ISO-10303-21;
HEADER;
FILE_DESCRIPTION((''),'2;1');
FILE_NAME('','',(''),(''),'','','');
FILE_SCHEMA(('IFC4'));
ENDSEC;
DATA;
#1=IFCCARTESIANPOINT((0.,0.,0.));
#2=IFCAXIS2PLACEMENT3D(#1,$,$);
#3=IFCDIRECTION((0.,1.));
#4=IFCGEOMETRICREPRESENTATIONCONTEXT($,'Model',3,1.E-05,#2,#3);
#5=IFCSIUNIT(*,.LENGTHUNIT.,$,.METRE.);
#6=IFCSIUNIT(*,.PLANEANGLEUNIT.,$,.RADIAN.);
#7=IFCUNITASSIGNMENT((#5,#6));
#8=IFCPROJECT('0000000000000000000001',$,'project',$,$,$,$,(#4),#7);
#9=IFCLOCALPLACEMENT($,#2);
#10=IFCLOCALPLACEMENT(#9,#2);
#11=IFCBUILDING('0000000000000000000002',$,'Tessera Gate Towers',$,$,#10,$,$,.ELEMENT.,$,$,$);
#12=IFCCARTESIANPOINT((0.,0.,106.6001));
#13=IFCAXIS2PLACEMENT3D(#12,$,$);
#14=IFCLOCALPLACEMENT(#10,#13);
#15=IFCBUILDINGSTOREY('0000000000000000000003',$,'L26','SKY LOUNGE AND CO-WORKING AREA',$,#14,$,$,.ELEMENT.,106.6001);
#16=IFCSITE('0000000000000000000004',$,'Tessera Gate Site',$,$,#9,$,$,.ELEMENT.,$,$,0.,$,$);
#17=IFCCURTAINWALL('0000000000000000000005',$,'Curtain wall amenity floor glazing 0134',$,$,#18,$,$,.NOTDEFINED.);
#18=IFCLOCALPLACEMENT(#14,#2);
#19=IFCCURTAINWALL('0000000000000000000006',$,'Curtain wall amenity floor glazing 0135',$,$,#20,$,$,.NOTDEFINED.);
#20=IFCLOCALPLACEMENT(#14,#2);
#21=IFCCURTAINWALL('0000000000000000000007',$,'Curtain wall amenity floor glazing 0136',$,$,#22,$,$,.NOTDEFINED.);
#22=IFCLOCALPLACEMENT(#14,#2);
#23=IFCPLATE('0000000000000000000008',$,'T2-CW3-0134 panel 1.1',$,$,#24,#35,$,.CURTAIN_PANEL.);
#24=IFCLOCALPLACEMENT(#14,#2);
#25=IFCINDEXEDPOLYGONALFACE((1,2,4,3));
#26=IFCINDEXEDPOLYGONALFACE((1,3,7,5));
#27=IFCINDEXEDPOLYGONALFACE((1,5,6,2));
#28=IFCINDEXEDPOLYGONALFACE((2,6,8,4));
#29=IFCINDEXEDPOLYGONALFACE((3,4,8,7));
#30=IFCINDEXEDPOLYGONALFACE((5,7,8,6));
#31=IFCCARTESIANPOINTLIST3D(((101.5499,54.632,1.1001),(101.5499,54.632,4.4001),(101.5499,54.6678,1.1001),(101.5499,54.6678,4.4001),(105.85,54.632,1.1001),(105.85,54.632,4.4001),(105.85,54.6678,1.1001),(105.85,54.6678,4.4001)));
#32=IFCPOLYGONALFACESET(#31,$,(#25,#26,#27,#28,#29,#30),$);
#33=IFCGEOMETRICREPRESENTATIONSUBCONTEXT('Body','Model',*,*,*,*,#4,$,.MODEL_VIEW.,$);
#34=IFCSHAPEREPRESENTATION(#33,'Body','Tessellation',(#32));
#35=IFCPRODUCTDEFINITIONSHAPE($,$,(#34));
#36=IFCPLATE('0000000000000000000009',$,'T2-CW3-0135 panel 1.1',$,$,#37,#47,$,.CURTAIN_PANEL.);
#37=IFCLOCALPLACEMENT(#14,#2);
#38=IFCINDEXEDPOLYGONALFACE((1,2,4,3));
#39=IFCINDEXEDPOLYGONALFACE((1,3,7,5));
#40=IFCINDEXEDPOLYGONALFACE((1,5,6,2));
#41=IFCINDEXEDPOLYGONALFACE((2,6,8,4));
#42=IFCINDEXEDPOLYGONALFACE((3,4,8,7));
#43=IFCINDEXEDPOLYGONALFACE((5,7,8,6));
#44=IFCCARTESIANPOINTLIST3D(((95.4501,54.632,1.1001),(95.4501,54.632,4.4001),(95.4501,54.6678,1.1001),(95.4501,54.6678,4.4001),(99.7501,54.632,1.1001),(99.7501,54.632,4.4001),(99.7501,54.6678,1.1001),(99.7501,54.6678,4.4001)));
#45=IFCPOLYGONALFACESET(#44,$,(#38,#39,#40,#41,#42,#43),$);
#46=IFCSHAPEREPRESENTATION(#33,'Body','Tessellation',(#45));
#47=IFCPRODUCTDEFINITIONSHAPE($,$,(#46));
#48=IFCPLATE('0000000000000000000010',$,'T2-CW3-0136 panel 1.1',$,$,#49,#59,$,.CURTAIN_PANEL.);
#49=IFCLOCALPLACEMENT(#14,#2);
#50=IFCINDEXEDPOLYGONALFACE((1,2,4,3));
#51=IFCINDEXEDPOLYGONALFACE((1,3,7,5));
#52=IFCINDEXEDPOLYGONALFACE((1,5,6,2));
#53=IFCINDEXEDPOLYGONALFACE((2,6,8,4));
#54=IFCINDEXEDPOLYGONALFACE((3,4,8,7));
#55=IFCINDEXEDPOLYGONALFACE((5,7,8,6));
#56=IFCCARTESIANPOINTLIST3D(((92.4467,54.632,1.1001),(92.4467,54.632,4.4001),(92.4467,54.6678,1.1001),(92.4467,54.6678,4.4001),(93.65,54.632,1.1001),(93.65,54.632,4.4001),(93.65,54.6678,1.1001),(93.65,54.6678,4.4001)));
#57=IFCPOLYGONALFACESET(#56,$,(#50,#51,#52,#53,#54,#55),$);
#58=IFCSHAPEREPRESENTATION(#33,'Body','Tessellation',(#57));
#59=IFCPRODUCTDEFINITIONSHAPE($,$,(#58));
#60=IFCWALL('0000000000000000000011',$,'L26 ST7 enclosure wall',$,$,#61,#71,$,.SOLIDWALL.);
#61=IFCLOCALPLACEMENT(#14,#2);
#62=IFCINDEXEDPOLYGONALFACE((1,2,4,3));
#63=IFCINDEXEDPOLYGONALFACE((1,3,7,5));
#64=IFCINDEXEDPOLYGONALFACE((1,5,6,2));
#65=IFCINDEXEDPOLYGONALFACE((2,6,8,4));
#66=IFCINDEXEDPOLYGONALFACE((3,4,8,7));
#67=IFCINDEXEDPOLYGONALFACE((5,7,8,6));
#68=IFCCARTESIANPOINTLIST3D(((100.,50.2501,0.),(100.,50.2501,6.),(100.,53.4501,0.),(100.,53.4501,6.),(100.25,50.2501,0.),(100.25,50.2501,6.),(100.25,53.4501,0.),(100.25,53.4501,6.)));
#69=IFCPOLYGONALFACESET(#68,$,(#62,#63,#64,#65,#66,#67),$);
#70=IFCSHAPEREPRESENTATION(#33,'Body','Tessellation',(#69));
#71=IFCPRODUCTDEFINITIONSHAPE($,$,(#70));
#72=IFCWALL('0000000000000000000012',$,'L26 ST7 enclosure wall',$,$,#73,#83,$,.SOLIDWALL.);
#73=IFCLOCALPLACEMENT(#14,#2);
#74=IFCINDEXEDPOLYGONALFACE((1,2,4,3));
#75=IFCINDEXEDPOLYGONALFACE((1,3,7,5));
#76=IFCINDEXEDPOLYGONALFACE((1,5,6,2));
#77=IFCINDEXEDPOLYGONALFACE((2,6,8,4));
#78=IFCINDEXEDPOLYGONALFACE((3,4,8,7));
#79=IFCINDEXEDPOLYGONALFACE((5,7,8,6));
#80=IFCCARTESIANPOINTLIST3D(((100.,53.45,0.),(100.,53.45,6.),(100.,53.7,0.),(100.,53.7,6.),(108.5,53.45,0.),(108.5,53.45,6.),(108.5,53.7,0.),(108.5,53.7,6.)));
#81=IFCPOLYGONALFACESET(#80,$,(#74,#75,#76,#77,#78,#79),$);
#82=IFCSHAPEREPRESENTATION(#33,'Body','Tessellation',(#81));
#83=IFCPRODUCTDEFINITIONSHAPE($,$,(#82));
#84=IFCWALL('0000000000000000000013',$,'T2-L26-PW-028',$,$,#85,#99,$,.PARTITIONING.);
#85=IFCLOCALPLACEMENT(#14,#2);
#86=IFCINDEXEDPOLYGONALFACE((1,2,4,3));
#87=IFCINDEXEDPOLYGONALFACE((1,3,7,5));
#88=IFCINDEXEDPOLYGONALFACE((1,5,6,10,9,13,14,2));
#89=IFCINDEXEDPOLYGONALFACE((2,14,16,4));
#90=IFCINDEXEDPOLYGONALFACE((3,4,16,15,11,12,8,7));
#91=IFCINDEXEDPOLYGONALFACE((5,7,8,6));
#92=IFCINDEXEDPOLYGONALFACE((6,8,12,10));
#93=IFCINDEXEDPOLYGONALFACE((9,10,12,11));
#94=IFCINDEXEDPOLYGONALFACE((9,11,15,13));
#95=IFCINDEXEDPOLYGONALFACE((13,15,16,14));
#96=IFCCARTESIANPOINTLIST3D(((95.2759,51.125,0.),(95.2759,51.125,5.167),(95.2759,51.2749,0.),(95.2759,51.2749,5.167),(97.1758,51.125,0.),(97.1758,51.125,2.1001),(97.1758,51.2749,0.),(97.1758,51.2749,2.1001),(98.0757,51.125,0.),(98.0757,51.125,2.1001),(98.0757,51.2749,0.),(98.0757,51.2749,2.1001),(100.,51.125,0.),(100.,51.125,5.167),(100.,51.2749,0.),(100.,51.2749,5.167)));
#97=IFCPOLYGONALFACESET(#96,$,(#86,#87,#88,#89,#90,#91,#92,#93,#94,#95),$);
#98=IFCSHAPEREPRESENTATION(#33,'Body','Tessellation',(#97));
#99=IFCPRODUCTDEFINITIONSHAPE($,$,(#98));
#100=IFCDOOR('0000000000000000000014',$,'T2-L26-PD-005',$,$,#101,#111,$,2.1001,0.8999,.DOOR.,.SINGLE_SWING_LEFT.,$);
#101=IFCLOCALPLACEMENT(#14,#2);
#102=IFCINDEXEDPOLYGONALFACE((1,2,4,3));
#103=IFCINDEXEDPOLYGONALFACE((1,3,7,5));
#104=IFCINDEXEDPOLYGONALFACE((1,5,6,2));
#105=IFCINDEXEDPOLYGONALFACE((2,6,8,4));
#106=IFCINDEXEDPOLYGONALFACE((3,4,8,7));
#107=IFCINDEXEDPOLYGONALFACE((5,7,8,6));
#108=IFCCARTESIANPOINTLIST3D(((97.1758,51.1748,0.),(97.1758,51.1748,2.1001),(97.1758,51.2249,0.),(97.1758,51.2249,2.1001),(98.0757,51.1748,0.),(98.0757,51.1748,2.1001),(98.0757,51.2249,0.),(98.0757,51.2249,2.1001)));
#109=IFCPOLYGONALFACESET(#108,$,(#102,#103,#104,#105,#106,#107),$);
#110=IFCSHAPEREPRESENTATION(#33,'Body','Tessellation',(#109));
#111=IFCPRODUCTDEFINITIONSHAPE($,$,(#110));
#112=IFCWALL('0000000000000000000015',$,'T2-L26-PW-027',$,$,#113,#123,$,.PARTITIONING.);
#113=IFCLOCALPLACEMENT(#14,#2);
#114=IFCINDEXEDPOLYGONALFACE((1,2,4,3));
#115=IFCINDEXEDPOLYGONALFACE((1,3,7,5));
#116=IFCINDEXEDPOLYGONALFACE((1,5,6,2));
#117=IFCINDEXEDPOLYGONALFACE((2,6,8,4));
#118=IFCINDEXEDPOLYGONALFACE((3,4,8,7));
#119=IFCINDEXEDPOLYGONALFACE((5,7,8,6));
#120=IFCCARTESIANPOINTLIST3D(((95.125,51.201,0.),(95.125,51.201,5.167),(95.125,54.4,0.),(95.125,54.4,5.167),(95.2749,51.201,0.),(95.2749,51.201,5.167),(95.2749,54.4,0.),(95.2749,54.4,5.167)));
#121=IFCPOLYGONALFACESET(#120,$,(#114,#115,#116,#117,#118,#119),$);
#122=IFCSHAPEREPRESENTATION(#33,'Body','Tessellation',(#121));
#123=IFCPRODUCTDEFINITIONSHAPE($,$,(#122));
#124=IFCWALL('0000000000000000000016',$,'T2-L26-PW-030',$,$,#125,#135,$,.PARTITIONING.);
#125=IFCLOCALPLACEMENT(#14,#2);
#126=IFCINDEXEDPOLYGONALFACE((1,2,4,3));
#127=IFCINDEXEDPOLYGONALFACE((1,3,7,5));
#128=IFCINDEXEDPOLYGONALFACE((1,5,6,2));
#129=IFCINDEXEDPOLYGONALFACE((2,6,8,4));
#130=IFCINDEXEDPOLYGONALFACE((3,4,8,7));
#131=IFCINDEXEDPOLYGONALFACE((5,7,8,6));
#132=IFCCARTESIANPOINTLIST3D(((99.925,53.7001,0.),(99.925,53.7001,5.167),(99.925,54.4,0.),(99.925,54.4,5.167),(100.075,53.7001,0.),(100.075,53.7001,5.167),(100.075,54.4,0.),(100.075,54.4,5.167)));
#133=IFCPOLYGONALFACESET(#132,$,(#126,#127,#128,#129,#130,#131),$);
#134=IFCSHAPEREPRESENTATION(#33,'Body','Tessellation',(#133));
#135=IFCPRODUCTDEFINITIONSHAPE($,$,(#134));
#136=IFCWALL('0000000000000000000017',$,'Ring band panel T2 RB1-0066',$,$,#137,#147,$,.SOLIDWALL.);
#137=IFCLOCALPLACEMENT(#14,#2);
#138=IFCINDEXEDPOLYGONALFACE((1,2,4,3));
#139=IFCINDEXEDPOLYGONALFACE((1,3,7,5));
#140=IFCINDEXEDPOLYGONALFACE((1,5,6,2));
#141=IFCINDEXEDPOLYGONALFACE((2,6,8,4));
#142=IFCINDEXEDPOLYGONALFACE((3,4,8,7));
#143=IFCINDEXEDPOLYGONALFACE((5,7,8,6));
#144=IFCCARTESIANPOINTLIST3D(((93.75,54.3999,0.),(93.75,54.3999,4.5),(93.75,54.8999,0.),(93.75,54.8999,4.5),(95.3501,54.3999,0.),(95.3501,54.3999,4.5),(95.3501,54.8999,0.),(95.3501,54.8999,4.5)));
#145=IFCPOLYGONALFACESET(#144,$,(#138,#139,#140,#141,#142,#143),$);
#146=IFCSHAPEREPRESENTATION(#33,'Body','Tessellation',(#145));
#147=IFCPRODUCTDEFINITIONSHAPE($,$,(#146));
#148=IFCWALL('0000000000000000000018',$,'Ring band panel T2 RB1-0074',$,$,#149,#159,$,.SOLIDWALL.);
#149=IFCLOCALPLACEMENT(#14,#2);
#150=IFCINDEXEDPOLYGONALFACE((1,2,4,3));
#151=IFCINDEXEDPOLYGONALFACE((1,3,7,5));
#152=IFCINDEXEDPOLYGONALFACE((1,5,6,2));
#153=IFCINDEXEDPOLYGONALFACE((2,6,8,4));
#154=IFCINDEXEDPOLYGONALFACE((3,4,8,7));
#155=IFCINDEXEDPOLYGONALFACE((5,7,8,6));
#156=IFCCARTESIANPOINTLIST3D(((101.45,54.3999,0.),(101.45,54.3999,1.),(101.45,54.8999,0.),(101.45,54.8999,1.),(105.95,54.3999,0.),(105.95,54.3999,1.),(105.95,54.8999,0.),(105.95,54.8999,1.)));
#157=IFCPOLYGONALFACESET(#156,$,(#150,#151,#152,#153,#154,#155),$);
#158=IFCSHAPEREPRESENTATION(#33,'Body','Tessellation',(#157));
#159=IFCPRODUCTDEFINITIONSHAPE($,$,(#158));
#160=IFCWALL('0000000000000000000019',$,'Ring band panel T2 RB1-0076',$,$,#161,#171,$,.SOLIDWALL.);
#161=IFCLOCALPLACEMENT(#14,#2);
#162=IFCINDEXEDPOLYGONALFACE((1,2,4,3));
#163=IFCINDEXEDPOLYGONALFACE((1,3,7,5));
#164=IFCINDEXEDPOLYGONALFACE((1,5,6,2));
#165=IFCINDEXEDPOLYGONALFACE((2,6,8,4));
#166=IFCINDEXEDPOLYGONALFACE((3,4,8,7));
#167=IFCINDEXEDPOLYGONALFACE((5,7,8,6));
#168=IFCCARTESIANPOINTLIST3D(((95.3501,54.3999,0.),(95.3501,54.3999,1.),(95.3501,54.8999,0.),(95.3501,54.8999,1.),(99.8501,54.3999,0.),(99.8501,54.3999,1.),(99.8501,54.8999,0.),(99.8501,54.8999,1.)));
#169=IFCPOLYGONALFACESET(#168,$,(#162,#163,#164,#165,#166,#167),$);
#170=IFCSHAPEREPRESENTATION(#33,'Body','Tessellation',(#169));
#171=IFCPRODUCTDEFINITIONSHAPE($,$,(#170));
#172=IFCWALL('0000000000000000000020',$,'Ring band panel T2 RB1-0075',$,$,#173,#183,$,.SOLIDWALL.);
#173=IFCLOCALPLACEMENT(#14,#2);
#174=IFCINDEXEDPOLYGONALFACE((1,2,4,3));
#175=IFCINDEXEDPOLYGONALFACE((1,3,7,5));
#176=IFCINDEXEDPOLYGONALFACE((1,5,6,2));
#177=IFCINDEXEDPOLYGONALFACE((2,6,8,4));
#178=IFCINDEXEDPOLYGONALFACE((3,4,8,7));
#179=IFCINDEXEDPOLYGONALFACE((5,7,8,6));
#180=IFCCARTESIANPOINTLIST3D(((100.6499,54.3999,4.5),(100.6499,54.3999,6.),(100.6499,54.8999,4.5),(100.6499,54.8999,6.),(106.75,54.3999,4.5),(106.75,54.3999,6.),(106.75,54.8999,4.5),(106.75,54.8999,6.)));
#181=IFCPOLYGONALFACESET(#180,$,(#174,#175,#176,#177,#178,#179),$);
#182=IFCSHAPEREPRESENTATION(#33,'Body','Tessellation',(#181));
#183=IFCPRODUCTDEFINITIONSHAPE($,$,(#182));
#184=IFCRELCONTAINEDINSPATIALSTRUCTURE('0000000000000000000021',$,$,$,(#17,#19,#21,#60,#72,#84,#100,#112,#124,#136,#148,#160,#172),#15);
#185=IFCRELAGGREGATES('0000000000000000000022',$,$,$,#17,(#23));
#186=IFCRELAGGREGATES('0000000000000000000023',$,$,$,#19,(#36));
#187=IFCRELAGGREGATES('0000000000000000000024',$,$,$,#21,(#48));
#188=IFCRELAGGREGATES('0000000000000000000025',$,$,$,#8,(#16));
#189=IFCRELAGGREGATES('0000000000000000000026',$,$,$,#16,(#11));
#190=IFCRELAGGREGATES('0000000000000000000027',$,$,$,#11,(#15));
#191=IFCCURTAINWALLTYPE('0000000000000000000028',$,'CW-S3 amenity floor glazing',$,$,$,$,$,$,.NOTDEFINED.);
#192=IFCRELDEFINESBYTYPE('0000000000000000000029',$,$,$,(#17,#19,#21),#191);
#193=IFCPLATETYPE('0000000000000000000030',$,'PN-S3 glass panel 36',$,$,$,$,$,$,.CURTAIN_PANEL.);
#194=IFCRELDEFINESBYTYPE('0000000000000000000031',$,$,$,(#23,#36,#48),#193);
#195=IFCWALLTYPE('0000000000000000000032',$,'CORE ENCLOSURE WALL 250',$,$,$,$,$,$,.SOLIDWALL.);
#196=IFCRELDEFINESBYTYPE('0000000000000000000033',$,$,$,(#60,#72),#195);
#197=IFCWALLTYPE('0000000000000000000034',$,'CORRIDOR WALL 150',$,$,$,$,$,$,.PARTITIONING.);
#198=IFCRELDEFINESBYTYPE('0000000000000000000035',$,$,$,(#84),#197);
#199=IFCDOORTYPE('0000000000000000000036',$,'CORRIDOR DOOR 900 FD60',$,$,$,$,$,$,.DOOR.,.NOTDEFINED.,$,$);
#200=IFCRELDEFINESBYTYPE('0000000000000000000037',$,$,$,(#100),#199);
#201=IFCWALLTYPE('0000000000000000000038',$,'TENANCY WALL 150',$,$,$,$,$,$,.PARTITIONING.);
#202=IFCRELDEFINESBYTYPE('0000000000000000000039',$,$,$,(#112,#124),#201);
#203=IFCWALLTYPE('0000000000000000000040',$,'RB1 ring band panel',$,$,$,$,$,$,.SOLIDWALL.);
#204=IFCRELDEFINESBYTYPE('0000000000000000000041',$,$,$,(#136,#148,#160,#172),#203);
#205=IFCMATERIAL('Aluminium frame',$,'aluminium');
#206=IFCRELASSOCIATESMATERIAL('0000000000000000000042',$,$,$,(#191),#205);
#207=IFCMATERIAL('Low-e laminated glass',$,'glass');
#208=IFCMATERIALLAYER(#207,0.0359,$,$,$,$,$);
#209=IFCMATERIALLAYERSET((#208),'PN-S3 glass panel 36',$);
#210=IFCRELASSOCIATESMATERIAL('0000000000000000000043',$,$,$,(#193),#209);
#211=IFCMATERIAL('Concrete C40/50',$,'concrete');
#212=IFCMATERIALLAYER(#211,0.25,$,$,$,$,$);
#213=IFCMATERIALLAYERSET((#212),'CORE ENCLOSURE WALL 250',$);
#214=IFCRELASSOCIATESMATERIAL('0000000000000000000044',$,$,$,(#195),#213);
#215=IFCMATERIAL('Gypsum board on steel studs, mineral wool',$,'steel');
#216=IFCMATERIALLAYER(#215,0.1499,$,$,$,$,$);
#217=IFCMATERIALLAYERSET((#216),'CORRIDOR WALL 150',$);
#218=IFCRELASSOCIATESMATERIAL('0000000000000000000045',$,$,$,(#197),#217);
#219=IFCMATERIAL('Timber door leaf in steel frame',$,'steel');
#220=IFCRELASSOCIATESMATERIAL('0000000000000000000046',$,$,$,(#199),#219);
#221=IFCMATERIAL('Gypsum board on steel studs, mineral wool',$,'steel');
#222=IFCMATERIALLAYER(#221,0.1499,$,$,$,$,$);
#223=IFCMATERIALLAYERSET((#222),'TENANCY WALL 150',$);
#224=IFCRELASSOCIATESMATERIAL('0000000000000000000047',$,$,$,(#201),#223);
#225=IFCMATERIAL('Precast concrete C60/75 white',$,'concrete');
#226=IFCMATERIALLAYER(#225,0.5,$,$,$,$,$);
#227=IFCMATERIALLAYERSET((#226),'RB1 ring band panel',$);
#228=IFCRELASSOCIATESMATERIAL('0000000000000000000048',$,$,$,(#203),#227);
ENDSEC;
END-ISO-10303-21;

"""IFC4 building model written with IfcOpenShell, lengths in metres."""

from ifc_helpers import new_model, si_unit, direction, frame, frame_2d, origin, origin_2d, place, context, subcontext, project, spatial, polyline, rectangle, outline, extrude, source, transform, mapped, material, layer, layer_set, type_object, element, fill, aggregate, save


model = new_model("IFC4")

# Units and contexts
model_context = context("Model", 3, precision=1e-05, world=origin(), true_north=direction((0.0, 1.0)))
body_context = subcontext(model_context, "Body", "Model", "MODEL_VIEW")
ifc_project = project(units=[si_unit("LENGTHUNIT", "METRE"), si_unit("PLANEANGLEUNIT", "RADIAN")], contexts=[model_context])

# Site, building, storey
site_placement = place(None, origin())
site = spatial("IfcSite", under=ifc_project, at=site_placement, Name="Tessera Gate Site", CompositionType="ELEMENT", RefElevation=0.0)
building_placement = place(site_placement, origin())
building = spatial("IfcBuilding", under=site, at=building_placement, Name="Tessera Gate Towers", CompositionType="ELEMENT")
storey_placement = place(building_placement, frame((0.0, 0.0, 106.6001)))
storey = spatial("IfcBuildingStorey", under=building, at=storey_placement, Name="L26", Description="SKY LOUNGE AND CO-WORKING AREA", CompositionType="ELEMENT", Elevation=106.6001)

# Curtain walls
ifc_material_1 = material(Name="Aluminium frame", Category="aluminium")
curtain_wall_type = type_object("IfcCurtainWallType", Name="CW-S3 amenity floor glazing", PredefinedType="NOTDEFINED", material=ifc_material_1)
curtain_wall_1_placement = place(storey_placement, origin())
curtain_wall_1 = element("IfcCurtainWall", 1, at=curtain_wall_1_placement, inside=storey, type_object=curtain_wall_type, Name="Curtain wall amenity floor glazing 0134", PredefinedType="NOTDEFINED")
curtain_wall_2_placement = place(storey_placement, origin())
curtain_wall_2 = element("IfcCurtainWall", 2, at=curtain_wall_2_placement, inside=storey, type_object=curtain_wall_type, Name="Curtain wall amenity floor glazing 0135", PredefinedType="NOTDEFINED")

# Curtain wall
curtain_wall_3_placement = place(storey_placement, origin())
curtain_wall_3 = element("IfcCurtainWall", 3, at=curtain_wall_3_placement, inside=storey, type_object=curtain_wall_type, Name="Curtain wall amenity floor glazing 0136", PredefinedType="NOTDEFINED")

# Plates
ifc_material_2 = material(Name="Low-e laminated glass", Category="glass")
ifc_layer_1 = layer(ifc_material_2, 0.0359)
ifc_layer_set_1 = layer_set([ifc_layer_1], Name="PN-S3 glass panel 36")
plate_type = type_object("IfcPlateType", Name="PN-S3 glass panel 36", PredefinedType="CURTAIN_PANEL", material=ifc_layer_set_1)
plate_1_placement = place(storey_placement, frame((103.7, 54.6499, 1.1001), z_axis=(0.0, 0.0, 1.0), x_axis=(-1.0, 0.0, 0.0)))
plate_1 = element("IfcPlate", 4, at=plate_1_placement, type_object=plate_type, Name="T2-CW3-0134 panel 1.1", PredefinedType="CURTAIN_PANEL", context=body_context, shape_type="SweptSolid", body=[
    extrude(rectangle(XDim=4.3, YDim=0.0359, at=origin_2d()), origin(), (0.0, 0.0, 1.0), 3.3),
])
aggregate(curtain_wall_1, [plate_1])
plate_2_placement = place(storey_placement, frame((97.6001, 54.6499, 1.1001), z_axis=(0.0, 0.0, 1.0), x_axis=(-1.0, 0.0, 0.0)))
plate_2 = element("IfcPlate", 5, at=plate_2_placement, type_object=plate_type, Name="T2-CW3-0135 panel 1.1", PredefinedType="CURTAIN_PANEL", context=body_context, shape_type="SweptSolid", body=[
    extrude(rectangle(XDim=4.3, YDim=0.0359, at=origin_2d()), origin(), (0.0, 0.0, 1.0), 3.3),
])
aggregate(curtain_wall_2, [plate_2])
plate_3_placement = place(storey_placement, frame((93.0483, 54.6499, 1.1001), z_axis=(0.0, 0.0, 1.0), x_axis=(-1.0, 0.0, 0.0)))
plate_3 = element("IfcPlate", 6, at=plate_3_placement, type_object=plate_type, Name="T2-CW3-0136 panel 1.1", PredefinedType="CURTAIN_PANEL", context=body_context, shape_type="SweptSolid", body=[
    extrude(rectangle(XDim=1.2034, YDim=0.0359, at=origin_2d()), origin(), (0.0, 0.0, 1.0), 3.3),
])
aggregate(curtain_wall_3, [plate_3])

# Walls
ifc_material_3 = material(Name="Concrete C40/50", Category="concrete")
ifc_layer_2 = layer(ifc_material_3, 0.25)
ifc_layer_set_2 = layer_set([ifc_layer_2], Name="CORE ENCLOSURE WALL 250")
wall_type_1 = type_object("IfcWallType", Name="CORE ENCLOSURE WALL 250", PredefinedType="SOLIDWALL", material=ifc_layer_set_2)
wall_1_placement = place(storey_placement, frame((100.125, 50.25, 0.0), z_axis=(0.0, 0.0, 1.0), x_axis=(0.0, 1.0, 0.0)))
element("IfcWall", 7, at=wall_1_placement, inside=storey, type_object=wall_type_1, Name="L26 ST7 enclosure wall", PredefinedType="SOLIDWALL", context=body_context, shape_type="SweptSolid", body=[
    extrude(rectangle(XDim=3.2, YDim=0.25, at=frame_2d((1.6001, 0.0))), origin(), (0.0, 0.0, 1.0), 6.0),
])
wall_2_placement = place(storey_placement, frame((100.0, 53.575, 0.0), z_axis=(0.0, 0.0, 1.0), x_axis=(1.0, 0.0, 0.0)))
element("IfcWall", 8, at=wall_2_placement, inside=storey, type_object=wall_type_1, Name="L26 ST7 enclosure wall", PredefinedType="SOLIDWALL", context=body_context, shape_type="SweptSolid", body=[
    extrude(rectangle(XDim=8.5, YDim=0.25, at=frame_2d((4.25, 0.0))), origin(), (0.0, 0.0, 1.0), 6.0),
])

# Wall, opening, door
ifc_material_4 = material(Name="Gypsum board on steel studs, mineral wool", Category="steel")
ifc_layer_3 = layer(ifc_material_4, 0.1499)
ifc_layer_set_3 = layer_set([ifc_layer_3], Name="CORRIDOR WALL 150")
wall_type_2 = type_object("IfcWallType", Name="CORRIDOR WALL 150", PredefinedType="PARTITIONING", material=ifc_layer_set_3)
wall_3_placement = place(storey_placement, frame((95.2759, 51.2, 0.0), z_axis=(0.0, 0.0, 1.0), x_axis=(1.0, 0.0, 0.0)))
wall_3 = element("IfcWall", 9, at=wall_3_placement, inside=storey, type_object=wall_type_2, Name="T2-L26-PW-028", PredefinedType="PARTITIONING", context=body_context, shape_type="SweptSolid", body=[
    extrude(rectangle(XDim=4.7241, YDim=0.1499, at=frame_2d((2.3621, 0.0))), origin(), (0.0, 0.0, 1.0), 5.167),
])
shared_shape_1 = source(origin(), body_context, "Body", "SweptSolid", [
    extrude(rectangle(XDim=0.8999, YDim=2.1001, at=frame_2d((0.45, 1.05))), frame((0.0, 0.085, 0.0), z_axis=(0.0, -1.0, 0.0), x_axis=(1.0, 0.0, 0.0)), (0.0, 0.0, 1.0), 0.1699),
])
opening_placement = place(wall_3_placement, frame((1.8999, 0.0, 0.0)))
opening = element("IfcOpeningElement", 10, at=opening_placement, cuts=wall_3, PredefinedType="OPENING", context=body_context, shape_type="MappedRepresentation", body=[
    mapped(shared_shape_1, transform((0.0, 0.0, 0.0), scale=1.0)),
])
ifc_material_5 = material(Name="Timber door leaf in steel frame", Category="steel")
door_type = type_object("IfcDoorType", Name="CORRIDOR DOOR 900 FD60", OperationType="NOTDEFINED", PredefinedType="DOOR", material=ifc_material_5)
shared_shape_2 = source(origin(), body_context, "Body", "SweptSolid", [
    extrude(rectangle(XDim=0.8999, YDim=2.1001, at=frame_2d((0.45, 1.05))), frame((0.0, 0.0249, 0.0), z_axis=(0.0, -1.0, 0.0), x_axis=(1.0, 0.0, 0.0)), (0.0, 0.0, 1.0), 0.05),
])
door_placement = place(opening_placement, origin())
door = element("IfcDoor", 11, at=door_placement, inside=storey, type_object=door_type, Name="T2-L26-PD-005", OperationType="SINGLE_SWING_LEFT", OverallHeight=2.1001, OverallWidth=0.8999, PredefinedType="DOOR", context=body_context, shape_type="MappedRepresentation", body=[
    mapped(shared_shape_2, transform((0.0, 0.0, 0.0), scale=1.0)),
])
fill(opening, door)

# Walls
ifc_material_6 = material(Name="Gypsum board on steel studs, mineral wool", Category="steel")
ifc_layer_4 = layer(ifc_material_6, 0.1499)
ifc_layer_set_4 = layer_set([ifc_layer_4], Name="TENANCY WALL 150")
wall_type_3 = type_object("IfcWallType", Name="TENANCY WALL 150", PredefinedType="PARTITIONING", material=ifc_layer_set_4)
wall_4_placement = place(storey_placement, frame((95.2, 51.2009, 0.0), z_axis=(0.0, 0.0, 1.0), x_axis=(0.0, 1.0, 0.0)))
element("IfcWall", 12, at=wall_4_placement, inside=storey, type_object=wall_type_3, Name="T2-L26-PW-027", PredefinedType="PARTITIONING", context=body_context, shape_type="SweptSolid", body=[
    extrude(rectangle(XDim=3.199, YDim=0.1499, at=frame_2d((1.5996, 0.0))), origin(), (0.0, 0.0, 1.0), 5.167),
])
wall_5_placement = place(storey_placement, frame((100.0, 53.7, 0.0), z_axis=(0.0, 0.0, 1.0), x_axis=(0.0, 1.0, 0.0)))
element("IfcWall", 13, at=wall_5_placement, inside=storey, type_object=wall_type_3, Name="T2-L26-PW-030", PredefinedType="PARTITIONING", context=body_context, shape_type="SweptSolid", body=[
    extrude(rectangle(XDim=0.7, YDim=0.1499, at=frame_2d((0.3501, 0.0))), origin(), (0.0, 0.0, 1.0), 5.167),
])
ifc_material_7 = material(Name="Precast concrete C60/75 white", Category="concrete")
ifc_layer_5 = layer(ifc_material_7, 0.5)
ifc_layer_set_5 = layer_set([ifc_layer_5], Name="RB1 ring band panel")
wall_type_4 = type_object("IfcWallType", Name="RB1 ring band panel", PredefinedType="SOLIDWALL", material=ifc_layer_set_5)
shared_shape_3 = source(origin(), body_context, "Body", "SweptSolid", [
    extrude(outline(polyline([(0.0, 0.0), (1.6001, 0.0), (1.6001, 4.5), (0.0, 4.5), (0.0, 0.0)])), frame((0.0, 0.25, 0.0), z_axis=(0.0, -1.0, 0.0), x_axis=(1.0, 0.0, 0.0)), (0.0, 0.0, 1.0), 0.5),
])
wall_6_placement = place(storey_placement, frame((95.3501, 54.6499, 0.0), z_axis=(0.0, 0.0, 1.0), x_axis=(-1.0, 0.0, 0.0)))
element("IfcWall", 14, at=wall_6_placement, inside=storey, type_object=wall_type_4, Name="Ring band panel T2 RB1-0066", PredefinedType="SOLIDWALL", context=body_context, shape_type="MappedRepresentation", body=[
    mapped(shared_shape_3, transform((0.0, 0.0, 0.0), scale=1.0)),
])
shared_shape_4 = source(origin(), body_context, "Body", "SweptSolid", [
    extrude(outline(polyline([(0.0, 0.0), (4.5, 0.0), (4.5, 1.0), (0.0, 1.0), (0.0, 0.0)])), frame((0.0, 0.25, 0.0), z_axis=(0.0, -1.0, 0.0), x_axis=(1.0, 0.0, 0.0)), (0.0, 0.0, 1.0), 0.5),
])
for number, where, z_axis, x_axis, name in (
    (15, (105.95, 54.6499, 0.0), (0.0, 0.0, 1.0), (-1.0, 0.0, 0.0), "Ring band panel T2 RB1-0074"),
    (16, (99.8501, 54.6499, 0.0), (0.0, 0.0, 1.0), (-1.0, 0.0, 0.0), "Ring band panel T2 RB1-0076"),
):
    element("IfcWall", number, at=place(storey_placement, frame(where, z_axis=z_axis, x_axis=x_axis)), inside=storey, type_object=wall_type_4, Name=name, PredefinedType="SOLIDWALL", context=body_context, shape_type="MappedRepresentation", body=[
        mapped(shared_shape_4, transform((0.0, 0.0, 0.0), scale=1.0)),
    ])
shared_shape_5 = source(origin(), body_context, "Body", "SweptSolid", [
    extrude(outline(polyline([(0.0, 0.0), (6.1001, 0.0), (6.1001, 1.5), (0.0, 1.5), (0.0, 0.0)])), frame((0.0, 0.25, 0.0), z_axis=(0.0, -1.0, 0.0), x_axis=(1.0, 0.0, 0.0)), (0.0, 0.0, 1.0), 0.5),
])
wall_7_placement = place(storey_placement, frame((106.75, 54.6499, 4.5), z_axis=(0.0, 0.0, 1.0), x_axis=(-1.0, 0.0, 0.0)))
element("IfcWall", 17, at=wall_7_placement, inside=storey, type_object=wall_type_4, Name="Ring band panel T2 RB1-0075", PredefinedType="SOLIDWALL", context=body_context, shape_type="MappedRepresentation", body=[
    mapped(shared_shape_5, transform((0.0, 0.0, 0.0), scale=1.0)),
])

save(model, "model.ifc")
